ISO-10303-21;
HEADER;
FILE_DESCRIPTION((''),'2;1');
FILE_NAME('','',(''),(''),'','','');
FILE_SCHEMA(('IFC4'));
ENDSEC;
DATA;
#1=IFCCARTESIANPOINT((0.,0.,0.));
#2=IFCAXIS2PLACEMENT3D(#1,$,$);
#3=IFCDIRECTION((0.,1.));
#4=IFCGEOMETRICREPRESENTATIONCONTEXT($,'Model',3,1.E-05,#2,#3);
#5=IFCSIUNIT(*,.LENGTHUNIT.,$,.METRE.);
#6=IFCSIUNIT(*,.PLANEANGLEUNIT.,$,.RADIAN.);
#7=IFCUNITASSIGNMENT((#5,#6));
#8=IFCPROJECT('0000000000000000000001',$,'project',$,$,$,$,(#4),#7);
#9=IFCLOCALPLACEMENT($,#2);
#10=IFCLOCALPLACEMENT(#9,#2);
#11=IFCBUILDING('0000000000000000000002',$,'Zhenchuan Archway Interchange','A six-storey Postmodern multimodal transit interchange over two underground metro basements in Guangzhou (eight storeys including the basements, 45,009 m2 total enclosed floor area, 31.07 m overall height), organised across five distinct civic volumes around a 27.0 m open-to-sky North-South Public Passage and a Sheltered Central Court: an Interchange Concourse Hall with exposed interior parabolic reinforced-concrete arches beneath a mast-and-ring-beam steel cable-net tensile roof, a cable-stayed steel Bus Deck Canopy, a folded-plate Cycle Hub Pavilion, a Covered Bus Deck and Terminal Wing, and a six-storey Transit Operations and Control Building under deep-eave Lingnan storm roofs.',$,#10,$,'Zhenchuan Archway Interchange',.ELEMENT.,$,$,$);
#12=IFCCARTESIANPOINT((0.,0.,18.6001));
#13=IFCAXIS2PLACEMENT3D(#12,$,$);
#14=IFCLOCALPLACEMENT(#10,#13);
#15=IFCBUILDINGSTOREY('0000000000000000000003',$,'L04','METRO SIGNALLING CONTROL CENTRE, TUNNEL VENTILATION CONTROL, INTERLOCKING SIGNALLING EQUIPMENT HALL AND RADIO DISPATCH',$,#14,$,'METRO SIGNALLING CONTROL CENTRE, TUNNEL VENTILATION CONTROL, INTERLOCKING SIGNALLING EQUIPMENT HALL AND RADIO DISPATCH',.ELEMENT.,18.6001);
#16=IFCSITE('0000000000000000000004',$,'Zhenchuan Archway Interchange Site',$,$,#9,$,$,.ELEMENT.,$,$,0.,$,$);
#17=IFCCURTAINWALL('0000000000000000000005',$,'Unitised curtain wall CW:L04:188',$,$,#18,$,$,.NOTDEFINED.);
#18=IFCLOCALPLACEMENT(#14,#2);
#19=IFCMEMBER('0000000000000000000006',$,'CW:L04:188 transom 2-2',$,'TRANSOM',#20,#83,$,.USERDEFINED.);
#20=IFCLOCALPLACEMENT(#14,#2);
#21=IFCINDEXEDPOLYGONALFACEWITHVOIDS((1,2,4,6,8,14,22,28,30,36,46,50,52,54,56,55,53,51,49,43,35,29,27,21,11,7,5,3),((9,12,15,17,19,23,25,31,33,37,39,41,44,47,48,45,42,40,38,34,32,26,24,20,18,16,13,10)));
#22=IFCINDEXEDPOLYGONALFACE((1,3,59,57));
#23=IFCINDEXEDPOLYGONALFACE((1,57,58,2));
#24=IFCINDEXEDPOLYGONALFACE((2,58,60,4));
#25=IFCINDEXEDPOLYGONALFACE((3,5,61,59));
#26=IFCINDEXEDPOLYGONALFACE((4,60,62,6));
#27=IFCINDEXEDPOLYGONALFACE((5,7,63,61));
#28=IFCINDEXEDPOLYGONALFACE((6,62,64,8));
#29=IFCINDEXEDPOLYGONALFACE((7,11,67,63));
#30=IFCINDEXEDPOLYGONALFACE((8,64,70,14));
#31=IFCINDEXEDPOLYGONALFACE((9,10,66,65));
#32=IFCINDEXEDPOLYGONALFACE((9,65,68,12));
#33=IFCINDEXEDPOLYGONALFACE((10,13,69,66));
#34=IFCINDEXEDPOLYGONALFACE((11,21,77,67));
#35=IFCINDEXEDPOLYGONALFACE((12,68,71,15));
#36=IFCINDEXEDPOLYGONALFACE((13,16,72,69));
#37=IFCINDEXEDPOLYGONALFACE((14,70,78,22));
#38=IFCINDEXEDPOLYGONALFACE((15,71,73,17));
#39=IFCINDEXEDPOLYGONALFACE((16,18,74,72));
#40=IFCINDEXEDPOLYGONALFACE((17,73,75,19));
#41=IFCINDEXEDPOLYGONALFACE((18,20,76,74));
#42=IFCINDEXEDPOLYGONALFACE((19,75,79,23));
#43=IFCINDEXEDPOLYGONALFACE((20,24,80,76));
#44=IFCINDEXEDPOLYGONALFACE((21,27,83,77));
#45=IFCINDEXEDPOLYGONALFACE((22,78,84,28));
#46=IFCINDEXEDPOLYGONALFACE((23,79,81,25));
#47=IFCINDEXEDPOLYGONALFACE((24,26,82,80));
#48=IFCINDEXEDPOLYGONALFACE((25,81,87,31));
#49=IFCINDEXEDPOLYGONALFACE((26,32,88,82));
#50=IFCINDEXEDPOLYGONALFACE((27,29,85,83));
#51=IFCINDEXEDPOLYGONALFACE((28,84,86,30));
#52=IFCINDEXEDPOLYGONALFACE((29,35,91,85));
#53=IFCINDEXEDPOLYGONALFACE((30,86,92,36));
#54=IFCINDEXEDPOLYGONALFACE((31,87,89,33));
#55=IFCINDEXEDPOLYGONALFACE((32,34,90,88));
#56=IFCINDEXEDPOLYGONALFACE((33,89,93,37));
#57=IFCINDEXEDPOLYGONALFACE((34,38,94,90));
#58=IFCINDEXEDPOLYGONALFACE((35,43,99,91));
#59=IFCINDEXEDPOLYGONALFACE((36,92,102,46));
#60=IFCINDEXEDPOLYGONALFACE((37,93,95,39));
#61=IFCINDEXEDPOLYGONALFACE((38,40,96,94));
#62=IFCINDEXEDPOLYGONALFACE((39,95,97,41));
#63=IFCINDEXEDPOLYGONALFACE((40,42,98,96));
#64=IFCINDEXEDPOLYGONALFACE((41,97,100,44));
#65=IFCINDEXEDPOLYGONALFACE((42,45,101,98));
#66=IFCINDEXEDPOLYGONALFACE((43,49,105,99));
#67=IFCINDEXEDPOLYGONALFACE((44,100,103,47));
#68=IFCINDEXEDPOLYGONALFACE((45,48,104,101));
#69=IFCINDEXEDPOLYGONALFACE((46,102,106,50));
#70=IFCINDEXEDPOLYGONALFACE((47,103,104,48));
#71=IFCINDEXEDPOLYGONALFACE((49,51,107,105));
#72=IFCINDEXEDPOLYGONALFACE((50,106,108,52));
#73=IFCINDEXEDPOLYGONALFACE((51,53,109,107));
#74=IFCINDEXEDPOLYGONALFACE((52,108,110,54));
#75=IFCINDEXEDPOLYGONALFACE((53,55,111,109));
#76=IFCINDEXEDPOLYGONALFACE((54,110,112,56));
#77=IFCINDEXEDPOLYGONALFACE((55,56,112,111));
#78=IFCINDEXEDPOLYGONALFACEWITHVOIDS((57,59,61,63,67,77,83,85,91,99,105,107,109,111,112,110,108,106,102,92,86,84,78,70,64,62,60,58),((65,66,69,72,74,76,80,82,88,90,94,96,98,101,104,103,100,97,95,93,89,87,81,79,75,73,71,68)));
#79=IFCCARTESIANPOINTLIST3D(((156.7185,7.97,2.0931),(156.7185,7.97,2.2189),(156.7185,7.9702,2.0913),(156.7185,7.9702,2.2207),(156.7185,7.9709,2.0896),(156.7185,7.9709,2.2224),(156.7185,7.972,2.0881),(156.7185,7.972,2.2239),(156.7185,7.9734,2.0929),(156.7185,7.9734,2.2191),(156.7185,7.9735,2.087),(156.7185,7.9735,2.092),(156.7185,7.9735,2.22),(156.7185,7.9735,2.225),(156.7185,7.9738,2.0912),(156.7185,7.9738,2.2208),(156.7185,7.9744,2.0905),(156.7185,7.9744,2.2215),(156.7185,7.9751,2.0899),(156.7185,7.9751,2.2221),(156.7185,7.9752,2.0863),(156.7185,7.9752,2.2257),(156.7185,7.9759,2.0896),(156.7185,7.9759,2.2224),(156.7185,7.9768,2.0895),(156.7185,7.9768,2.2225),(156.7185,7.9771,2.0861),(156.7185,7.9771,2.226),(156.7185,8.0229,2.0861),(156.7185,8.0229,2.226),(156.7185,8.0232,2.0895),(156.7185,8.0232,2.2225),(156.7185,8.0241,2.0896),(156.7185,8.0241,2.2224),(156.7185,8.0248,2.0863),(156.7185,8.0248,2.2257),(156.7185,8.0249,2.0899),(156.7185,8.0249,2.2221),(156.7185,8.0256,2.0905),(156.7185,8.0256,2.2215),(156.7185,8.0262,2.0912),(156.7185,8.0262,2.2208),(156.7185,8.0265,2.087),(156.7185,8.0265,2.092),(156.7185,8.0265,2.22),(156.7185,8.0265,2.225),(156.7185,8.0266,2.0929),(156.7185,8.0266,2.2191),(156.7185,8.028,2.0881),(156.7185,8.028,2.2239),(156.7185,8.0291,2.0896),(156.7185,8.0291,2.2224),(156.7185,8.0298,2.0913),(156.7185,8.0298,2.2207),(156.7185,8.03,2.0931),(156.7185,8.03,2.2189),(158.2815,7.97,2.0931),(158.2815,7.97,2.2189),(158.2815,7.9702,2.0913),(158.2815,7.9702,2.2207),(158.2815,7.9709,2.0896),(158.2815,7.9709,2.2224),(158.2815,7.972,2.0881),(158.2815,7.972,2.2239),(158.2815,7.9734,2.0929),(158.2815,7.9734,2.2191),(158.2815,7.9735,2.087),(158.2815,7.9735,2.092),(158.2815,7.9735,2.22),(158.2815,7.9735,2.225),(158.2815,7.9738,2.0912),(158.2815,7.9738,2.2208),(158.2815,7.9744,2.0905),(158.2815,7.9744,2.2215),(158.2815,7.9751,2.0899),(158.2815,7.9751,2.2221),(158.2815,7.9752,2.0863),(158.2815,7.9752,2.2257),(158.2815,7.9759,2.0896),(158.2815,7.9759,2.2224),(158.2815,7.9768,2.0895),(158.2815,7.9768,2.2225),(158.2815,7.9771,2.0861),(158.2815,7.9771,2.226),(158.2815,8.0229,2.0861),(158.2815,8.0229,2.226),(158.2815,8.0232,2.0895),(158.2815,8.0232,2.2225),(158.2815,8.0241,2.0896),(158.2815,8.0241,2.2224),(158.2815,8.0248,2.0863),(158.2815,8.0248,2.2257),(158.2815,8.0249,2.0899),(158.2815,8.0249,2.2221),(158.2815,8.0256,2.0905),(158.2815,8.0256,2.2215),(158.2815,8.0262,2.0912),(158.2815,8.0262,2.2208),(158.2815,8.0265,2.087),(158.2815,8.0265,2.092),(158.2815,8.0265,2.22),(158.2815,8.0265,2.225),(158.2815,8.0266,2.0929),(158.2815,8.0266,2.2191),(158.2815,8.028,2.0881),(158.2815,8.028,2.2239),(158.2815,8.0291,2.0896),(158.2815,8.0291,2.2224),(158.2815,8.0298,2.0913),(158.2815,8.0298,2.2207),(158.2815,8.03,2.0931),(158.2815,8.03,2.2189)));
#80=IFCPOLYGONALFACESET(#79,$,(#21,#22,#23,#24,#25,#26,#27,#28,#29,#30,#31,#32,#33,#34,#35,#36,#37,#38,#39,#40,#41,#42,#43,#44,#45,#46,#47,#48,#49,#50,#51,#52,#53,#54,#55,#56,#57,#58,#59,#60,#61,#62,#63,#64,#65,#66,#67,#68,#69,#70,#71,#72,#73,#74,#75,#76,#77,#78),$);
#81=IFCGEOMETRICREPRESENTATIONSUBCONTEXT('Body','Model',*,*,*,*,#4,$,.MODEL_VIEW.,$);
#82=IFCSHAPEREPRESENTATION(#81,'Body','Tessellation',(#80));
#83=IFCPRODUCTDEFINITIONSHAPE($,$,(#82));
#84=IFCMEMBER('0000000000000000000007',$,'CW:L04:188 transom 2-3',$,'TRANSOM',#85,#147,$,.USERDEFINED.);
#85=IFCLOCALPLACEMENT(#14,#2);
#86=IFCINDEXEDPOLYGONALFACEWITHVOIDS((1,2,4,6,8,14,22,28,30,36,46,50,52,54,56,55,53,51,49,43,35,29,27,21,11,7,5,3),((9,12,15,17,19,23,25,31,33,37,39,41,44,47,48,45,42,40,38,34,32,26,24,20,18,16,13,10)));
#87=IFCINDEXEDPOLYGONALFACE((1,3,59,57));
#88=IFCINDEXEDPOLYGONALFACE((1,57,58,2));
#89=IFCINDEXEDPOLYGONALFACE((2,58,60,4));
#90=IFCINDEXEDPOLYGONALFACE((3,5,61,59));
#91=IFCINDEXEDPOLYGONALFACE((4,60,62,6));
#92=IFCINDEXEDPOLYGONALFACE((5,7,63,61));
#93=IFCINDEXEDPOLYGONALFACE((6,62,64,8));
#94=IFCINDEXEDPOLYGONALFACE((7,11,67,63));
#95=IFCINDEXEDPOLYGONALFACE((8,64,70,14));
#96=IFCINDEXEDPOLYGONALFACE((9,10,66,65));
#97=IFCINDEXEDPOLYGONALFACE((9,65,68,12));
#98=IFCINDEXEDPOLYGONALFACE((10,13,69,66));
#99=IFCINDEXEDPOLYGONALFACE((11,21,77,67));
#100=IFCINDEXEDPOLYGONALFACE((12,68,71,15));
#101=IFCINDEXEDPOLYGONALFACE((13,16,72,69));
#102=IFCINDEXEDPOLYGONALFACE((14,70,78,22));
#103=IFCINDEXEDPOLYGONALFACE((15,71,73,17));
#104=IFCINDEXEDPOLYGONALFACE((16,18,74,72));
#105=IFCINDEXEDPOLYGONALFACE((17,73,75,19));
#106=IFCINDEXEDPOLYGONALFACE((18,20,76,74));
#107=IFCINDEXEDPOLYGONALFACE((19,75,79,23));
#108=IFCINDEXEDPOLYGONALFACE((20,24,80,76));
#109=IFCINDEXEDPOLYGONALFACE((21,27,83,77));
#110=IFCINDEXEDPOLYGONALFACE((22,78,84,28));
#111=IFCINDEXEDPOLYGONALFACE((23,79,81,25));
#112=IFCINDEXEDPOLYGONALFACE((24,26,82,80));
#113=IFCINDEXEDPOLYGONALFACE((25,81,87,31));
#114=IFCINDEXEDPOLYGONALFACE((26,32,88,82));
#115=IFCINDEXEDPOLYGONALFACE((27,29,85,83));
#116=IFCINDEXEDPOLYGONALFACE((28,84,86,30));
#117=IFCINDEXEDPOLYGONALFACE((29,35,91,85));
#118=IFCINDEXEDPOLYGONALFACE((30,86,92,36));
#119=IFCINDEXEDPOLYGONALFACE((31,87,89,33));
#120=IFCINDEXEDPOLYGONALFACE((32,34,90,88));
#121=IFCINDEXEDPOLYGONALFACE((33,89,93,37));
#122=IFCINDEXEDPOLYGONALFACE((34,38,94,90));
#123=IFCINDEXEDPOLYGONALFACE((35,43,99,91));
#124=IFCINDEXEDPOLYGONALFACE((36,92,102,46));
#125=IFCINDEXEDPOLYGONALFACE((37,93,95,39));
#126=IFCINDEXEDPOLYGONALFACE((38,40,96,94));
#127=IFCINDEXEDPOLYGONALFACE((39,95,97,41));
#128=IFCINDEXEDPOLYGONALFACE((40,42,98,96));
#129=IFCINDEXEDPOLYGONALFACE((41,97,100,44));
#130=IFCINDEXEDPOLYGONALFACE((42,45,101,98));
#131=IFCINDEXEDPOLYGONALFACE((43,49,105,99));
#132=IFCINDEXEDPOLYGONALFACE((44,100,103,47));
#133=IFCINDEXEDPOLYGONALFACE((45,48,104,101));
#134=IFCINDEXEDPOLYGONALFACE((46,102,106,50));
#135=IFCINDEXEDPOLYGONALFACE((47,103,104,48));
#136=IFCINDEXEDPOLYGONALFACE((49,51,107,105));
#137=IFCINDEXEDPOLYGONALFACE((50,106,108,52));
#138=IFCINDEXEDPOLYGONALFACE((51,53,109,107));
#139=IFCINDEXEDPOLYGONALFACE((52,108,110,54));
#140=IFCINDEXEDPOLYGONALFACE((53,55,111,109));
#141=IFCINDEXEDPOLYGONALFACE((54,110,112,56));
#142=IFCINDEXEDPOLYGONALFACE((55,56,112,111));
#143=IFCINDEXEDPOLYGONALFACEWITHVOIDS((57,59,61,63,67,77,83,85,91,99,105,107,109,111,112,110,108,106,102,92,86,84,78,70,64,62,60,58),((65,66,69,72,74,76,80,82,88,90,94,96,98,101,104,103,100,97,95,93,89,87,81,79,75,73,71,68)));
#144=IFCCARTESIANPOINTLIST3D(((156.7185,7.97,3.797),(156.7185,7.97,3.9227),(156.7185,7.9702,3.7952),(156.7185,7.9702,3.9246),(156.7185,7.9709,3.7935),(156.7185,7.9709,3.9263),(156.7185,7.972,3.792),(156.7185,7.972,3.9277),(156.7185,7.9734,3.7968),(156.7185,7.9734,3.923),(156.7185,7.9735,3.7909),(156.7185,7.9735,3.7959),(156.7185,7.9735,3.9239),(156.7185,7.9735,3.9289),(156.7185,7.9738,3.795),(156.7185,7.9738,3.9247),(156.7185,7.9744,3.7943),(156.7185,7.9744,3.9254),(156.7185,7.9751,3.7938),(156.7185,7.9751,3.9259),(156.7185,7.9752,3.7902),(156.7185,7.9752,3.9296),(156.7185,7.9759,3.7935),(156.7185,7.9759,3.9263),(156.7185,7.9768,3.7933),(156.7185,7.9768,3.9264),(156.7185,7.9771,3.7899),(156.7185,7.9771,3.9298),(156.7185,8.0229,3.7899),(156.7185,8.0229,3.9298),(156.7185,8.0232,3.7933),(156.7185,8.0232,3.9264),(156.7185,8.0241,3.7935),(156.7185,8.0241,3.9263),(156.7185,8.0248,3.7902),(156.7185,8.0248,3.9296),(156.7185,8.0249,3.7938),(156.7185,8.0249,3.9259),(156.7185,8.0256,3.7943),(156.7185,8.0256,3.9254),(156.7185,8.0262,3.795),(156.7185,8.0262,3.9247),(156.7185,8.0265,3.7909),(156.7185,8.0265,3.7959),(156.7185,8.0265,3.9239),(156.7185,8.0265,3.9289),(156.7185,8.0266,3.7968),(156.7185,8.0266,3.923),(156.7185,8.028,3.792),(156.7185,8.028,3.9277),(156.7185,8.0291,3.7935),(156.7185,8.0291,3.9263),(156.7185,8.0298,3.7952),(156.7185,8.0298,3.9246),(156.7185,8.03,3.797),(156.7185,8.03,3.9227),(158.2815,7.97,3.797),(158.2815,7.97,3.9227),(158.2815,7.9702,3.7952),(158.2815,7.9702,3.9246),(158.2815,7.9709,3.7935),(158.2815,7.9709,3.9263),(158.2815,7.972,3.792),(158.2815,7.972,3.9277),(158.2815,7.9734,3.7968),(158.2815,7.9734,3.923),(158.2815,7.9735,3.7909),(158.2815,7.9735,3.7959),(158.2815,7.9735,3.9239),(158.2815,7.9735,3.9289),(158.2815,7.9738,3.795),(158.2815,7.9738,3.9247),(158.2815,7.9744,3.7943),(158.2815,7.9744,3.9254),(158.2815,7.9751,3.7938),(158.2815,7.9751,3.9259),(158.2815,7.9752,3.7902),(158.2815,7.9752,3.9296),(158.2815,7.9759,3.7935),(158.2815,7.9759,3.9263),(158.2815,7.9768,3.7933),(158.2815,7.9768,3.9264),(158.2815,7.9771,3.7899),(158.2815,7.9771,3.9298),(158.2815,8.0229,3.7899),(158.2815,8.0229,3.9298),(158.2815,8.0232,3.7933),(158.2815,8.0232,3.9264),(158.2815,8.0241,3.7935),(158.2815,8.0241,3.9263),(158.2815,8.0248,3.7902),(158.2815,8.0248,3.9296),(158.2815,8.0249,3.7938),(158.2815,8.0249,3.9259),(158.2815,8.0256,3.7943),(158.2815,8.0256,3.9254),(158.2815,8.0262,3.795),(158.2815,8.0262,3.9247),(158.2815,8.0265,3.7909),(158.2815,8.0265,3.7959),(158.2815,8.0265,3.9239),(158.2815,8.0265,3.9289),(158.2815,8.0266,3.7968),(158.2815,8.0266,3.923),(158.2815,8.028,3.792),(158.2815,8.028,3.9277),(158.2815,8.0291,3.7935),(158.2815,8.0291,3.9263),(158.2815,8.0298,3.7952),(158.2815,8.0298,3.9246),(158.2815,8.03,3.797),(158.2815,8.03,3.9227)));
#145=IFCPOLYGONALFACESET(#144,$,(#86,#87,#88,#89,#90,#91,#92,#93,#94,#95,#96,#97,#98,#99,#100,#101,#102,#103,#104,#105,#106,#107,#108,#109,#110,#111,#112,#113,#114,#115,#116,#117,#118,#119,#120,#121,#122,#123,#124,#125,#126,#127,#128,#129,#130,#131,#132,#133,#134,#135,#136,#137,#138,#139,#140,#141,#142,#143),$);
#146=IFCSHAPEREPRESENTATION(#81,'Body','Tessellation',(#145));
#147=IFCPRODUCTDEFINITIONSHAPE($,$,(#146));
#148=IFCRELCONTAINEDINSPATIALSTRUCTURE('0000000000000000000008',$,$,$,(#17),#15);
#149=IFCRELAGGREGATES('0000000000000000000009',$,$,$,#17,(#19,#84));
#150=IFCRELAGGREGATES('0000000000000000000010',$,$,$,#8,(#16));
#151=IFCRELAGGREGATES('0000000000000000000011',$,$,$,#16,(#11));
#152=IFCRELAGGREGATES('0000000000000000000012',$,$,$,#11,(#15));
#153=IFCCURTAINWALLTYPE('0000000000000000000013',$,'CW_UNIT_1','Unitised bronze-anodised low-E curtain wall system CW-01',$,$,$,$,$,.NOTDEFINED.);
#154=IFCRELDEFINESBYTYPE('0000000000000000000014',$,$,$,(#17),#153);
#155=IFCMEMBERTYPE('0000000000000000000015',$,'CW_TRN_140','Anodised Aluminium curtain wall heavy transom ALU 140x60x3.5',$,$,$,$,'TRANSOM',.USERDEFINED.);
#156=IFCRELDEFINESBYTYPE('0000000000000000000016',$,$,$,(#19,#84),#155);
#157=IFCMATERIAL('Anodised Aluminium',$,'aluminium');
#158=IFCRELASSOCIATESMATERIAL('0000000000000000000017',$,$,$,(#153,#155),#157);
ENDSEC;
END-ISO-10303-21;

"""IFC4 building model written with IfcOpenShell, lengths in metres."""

from ifc_helpers import new_model, si_unit, direction, frame, origin, origin_2d, place, context, subcontext, project, spatial, hollow_rectangle, extrude, material, material_profile, profile_set, type_object, element, aggregate, save


model = new_model("IFC4")

# Units and contexts
model_context = context("Model", 3, precision=1e-05, world=origin(), true_north=direction((0.0, 1.0)))
body_context = subcontext(model_context, "Body", "Model", "MODEL_VIEW")
ifc_project = project(units=[si_unit("LENGTHUNIT", "METRE"), si_unit("PLANEANGLEUNIT", "RADIAN")], contexts=[model_context])

# Site, building, storey
site_placement = place(None, origin())
site = spatial("IfcSite", under=ifc_project, at=site_placement, Name="Zhenchuan Archway Interchange Site", CompositionType="ELEMENT", RefElevation=0.0)
building_placement = place(site_placement, origin())
building = spatial("IfcBuilding", under=site, at=building_placement, Name="Zhenchuan Archway Interchange", Description="A six-storey Postmodern multimodal transit interchange over two underground metro basements in Guangzhou (eight storeys including the basements, 45,009 m2 total enclosed floor area, 31.07 m overall height), organised across five distinct civic volumes around a 27.0 m open-to-sky North-South Public Passage and a Sheltered Central Court: an Interchange Concourse Hall with exposed interior parabolic reinforced-concrete arches beneath a mast-and-ring-beam steel cable-net tensile roof, a cable-stayed steel Bus Deck Canopy, a folded-plate Cycle Hub Pavilion, a Covered Bus Deck and Terminal Wing, and a six-storey Transit Operations and Control Building under deep-eave Lingnan storm roofs.", LongName="Zhenchuan Archway Interchange", CompositionType="ELEMENT")
storey_placement = place(building_placement, frame((0.0, 0.0, 18.6001)))
storey = spatial("IfcBuildingStorey", under=building, at=storey_placement, Name="L04", Description="METRO SIGNALLING CONTROL CENTRE, TUNNEL VENTILATION CONTROL, INTERLOCKING SIGNALLING EQUIPMENT HALL AND RADIO DISPATCH", LongName="METRO SIGNALLING CONTROL CENTRE, TUNNEL VENTILATION CONTROL, INTERLOCKING SIGNALLING EQUIPMENT HALL AND RADIO DISPATCH", CompositionType="ELEMENT", Elevation=18.6001)

# Curtain wall, members
ifc_material_1 = material(Name="Anodised Aluminium", Category="aluminium")
curtain_wall_type = type_object("IfcCurtainWallType", Name="CW_UNIT_1", Description="Unitised bronze-anodised low-E curtain wall system CW-01", PredefinedType="NOTDEFINED", material=ifc_material_1)
curtain_wall_placement = place(storey_placement, origin())
curtain_wall = element("IfcCurtainWall", 1, at=curtain_wall_placement, inside=storey, type_object=curtain_wall_type, Name="Unitised curtain wall CW:L04:188", PredefinedType="NOTDEFINED")
ifc_material_profile_1 = material_profile(ifc_material_1, hollow_rectangle(XDim=0.0601, YDim=0.1399, WallThickness=0.0034, InnerFilletRadius=0.0034, OuterFilletRadius=0.0071, at=origin_2d()), Name="ALU 140x60x3.5")
ifc_profile_set_1 = profile_set([ifc_material_profile_1], Name="Anodised Aluminium")
member_type_1 = type_object("IfcMemberType", Name="CW_TRN_140", Description="Anodised Aluminium curtain wall heavy transom ALU 140x60x3.5", ElementType="TRANSOM", PredefinedType="USERDEFINED", material=ifc_profile_set_1)
member_1_placement = place(storey_placement, frame((158.2815, 8.0, 2.156), z_axis=(-1.0, 0.0, 0.0), x_axis=(0.0, -1.0, 0.0)))
member_1 = element("IfcMember", 2, at=member_1_placement, type_object=member_type_1, Name="CW:L04:188 transom 2-2", ObjectType="TRANSOM", PredefinedType="USERDEFINED", context=body_context, shape_type="SweptSolid", body=[
    extrude(hollow_rectangle(XDim=0.0601, YDim=0.1399, WallThickness=0.0034, InnerFilletRadius=0.0034, OuterFilletRadius=0.0071, at=origin_2d()), origin(), (0.0, 0.0, 1.0), 1.563),
])
member_2_placement = place(storey_placement, frame((158.2815, 8.0, 3.8599), z_axis=(-1.0, 0.0, 0.0), x_axis=(0.0, -1.0, 0.0)))
member_2 = element("IfcMember", 3, at=member_2_placement, type_object=member_type_1, Name="CW:L04:188 transom 2-3", ObjectType="TRANSOM", PredefinedType="USERDEFINED", context=body_context, shape_type="SweptSolid", body=[
    extrude(hollow_rectangle(XDim=0.0601, YDim=0.1399, WallThickness=0.0034, InnerFilletRadius=0.0034, OuterFilletRadius=0.0071, at=origin_2d()), origin(), (0.0, 0.0, 1.0), 1.563),
])

aggregate(curtain_wall, [member_1, member_2])

save(model, "model.ifc")
